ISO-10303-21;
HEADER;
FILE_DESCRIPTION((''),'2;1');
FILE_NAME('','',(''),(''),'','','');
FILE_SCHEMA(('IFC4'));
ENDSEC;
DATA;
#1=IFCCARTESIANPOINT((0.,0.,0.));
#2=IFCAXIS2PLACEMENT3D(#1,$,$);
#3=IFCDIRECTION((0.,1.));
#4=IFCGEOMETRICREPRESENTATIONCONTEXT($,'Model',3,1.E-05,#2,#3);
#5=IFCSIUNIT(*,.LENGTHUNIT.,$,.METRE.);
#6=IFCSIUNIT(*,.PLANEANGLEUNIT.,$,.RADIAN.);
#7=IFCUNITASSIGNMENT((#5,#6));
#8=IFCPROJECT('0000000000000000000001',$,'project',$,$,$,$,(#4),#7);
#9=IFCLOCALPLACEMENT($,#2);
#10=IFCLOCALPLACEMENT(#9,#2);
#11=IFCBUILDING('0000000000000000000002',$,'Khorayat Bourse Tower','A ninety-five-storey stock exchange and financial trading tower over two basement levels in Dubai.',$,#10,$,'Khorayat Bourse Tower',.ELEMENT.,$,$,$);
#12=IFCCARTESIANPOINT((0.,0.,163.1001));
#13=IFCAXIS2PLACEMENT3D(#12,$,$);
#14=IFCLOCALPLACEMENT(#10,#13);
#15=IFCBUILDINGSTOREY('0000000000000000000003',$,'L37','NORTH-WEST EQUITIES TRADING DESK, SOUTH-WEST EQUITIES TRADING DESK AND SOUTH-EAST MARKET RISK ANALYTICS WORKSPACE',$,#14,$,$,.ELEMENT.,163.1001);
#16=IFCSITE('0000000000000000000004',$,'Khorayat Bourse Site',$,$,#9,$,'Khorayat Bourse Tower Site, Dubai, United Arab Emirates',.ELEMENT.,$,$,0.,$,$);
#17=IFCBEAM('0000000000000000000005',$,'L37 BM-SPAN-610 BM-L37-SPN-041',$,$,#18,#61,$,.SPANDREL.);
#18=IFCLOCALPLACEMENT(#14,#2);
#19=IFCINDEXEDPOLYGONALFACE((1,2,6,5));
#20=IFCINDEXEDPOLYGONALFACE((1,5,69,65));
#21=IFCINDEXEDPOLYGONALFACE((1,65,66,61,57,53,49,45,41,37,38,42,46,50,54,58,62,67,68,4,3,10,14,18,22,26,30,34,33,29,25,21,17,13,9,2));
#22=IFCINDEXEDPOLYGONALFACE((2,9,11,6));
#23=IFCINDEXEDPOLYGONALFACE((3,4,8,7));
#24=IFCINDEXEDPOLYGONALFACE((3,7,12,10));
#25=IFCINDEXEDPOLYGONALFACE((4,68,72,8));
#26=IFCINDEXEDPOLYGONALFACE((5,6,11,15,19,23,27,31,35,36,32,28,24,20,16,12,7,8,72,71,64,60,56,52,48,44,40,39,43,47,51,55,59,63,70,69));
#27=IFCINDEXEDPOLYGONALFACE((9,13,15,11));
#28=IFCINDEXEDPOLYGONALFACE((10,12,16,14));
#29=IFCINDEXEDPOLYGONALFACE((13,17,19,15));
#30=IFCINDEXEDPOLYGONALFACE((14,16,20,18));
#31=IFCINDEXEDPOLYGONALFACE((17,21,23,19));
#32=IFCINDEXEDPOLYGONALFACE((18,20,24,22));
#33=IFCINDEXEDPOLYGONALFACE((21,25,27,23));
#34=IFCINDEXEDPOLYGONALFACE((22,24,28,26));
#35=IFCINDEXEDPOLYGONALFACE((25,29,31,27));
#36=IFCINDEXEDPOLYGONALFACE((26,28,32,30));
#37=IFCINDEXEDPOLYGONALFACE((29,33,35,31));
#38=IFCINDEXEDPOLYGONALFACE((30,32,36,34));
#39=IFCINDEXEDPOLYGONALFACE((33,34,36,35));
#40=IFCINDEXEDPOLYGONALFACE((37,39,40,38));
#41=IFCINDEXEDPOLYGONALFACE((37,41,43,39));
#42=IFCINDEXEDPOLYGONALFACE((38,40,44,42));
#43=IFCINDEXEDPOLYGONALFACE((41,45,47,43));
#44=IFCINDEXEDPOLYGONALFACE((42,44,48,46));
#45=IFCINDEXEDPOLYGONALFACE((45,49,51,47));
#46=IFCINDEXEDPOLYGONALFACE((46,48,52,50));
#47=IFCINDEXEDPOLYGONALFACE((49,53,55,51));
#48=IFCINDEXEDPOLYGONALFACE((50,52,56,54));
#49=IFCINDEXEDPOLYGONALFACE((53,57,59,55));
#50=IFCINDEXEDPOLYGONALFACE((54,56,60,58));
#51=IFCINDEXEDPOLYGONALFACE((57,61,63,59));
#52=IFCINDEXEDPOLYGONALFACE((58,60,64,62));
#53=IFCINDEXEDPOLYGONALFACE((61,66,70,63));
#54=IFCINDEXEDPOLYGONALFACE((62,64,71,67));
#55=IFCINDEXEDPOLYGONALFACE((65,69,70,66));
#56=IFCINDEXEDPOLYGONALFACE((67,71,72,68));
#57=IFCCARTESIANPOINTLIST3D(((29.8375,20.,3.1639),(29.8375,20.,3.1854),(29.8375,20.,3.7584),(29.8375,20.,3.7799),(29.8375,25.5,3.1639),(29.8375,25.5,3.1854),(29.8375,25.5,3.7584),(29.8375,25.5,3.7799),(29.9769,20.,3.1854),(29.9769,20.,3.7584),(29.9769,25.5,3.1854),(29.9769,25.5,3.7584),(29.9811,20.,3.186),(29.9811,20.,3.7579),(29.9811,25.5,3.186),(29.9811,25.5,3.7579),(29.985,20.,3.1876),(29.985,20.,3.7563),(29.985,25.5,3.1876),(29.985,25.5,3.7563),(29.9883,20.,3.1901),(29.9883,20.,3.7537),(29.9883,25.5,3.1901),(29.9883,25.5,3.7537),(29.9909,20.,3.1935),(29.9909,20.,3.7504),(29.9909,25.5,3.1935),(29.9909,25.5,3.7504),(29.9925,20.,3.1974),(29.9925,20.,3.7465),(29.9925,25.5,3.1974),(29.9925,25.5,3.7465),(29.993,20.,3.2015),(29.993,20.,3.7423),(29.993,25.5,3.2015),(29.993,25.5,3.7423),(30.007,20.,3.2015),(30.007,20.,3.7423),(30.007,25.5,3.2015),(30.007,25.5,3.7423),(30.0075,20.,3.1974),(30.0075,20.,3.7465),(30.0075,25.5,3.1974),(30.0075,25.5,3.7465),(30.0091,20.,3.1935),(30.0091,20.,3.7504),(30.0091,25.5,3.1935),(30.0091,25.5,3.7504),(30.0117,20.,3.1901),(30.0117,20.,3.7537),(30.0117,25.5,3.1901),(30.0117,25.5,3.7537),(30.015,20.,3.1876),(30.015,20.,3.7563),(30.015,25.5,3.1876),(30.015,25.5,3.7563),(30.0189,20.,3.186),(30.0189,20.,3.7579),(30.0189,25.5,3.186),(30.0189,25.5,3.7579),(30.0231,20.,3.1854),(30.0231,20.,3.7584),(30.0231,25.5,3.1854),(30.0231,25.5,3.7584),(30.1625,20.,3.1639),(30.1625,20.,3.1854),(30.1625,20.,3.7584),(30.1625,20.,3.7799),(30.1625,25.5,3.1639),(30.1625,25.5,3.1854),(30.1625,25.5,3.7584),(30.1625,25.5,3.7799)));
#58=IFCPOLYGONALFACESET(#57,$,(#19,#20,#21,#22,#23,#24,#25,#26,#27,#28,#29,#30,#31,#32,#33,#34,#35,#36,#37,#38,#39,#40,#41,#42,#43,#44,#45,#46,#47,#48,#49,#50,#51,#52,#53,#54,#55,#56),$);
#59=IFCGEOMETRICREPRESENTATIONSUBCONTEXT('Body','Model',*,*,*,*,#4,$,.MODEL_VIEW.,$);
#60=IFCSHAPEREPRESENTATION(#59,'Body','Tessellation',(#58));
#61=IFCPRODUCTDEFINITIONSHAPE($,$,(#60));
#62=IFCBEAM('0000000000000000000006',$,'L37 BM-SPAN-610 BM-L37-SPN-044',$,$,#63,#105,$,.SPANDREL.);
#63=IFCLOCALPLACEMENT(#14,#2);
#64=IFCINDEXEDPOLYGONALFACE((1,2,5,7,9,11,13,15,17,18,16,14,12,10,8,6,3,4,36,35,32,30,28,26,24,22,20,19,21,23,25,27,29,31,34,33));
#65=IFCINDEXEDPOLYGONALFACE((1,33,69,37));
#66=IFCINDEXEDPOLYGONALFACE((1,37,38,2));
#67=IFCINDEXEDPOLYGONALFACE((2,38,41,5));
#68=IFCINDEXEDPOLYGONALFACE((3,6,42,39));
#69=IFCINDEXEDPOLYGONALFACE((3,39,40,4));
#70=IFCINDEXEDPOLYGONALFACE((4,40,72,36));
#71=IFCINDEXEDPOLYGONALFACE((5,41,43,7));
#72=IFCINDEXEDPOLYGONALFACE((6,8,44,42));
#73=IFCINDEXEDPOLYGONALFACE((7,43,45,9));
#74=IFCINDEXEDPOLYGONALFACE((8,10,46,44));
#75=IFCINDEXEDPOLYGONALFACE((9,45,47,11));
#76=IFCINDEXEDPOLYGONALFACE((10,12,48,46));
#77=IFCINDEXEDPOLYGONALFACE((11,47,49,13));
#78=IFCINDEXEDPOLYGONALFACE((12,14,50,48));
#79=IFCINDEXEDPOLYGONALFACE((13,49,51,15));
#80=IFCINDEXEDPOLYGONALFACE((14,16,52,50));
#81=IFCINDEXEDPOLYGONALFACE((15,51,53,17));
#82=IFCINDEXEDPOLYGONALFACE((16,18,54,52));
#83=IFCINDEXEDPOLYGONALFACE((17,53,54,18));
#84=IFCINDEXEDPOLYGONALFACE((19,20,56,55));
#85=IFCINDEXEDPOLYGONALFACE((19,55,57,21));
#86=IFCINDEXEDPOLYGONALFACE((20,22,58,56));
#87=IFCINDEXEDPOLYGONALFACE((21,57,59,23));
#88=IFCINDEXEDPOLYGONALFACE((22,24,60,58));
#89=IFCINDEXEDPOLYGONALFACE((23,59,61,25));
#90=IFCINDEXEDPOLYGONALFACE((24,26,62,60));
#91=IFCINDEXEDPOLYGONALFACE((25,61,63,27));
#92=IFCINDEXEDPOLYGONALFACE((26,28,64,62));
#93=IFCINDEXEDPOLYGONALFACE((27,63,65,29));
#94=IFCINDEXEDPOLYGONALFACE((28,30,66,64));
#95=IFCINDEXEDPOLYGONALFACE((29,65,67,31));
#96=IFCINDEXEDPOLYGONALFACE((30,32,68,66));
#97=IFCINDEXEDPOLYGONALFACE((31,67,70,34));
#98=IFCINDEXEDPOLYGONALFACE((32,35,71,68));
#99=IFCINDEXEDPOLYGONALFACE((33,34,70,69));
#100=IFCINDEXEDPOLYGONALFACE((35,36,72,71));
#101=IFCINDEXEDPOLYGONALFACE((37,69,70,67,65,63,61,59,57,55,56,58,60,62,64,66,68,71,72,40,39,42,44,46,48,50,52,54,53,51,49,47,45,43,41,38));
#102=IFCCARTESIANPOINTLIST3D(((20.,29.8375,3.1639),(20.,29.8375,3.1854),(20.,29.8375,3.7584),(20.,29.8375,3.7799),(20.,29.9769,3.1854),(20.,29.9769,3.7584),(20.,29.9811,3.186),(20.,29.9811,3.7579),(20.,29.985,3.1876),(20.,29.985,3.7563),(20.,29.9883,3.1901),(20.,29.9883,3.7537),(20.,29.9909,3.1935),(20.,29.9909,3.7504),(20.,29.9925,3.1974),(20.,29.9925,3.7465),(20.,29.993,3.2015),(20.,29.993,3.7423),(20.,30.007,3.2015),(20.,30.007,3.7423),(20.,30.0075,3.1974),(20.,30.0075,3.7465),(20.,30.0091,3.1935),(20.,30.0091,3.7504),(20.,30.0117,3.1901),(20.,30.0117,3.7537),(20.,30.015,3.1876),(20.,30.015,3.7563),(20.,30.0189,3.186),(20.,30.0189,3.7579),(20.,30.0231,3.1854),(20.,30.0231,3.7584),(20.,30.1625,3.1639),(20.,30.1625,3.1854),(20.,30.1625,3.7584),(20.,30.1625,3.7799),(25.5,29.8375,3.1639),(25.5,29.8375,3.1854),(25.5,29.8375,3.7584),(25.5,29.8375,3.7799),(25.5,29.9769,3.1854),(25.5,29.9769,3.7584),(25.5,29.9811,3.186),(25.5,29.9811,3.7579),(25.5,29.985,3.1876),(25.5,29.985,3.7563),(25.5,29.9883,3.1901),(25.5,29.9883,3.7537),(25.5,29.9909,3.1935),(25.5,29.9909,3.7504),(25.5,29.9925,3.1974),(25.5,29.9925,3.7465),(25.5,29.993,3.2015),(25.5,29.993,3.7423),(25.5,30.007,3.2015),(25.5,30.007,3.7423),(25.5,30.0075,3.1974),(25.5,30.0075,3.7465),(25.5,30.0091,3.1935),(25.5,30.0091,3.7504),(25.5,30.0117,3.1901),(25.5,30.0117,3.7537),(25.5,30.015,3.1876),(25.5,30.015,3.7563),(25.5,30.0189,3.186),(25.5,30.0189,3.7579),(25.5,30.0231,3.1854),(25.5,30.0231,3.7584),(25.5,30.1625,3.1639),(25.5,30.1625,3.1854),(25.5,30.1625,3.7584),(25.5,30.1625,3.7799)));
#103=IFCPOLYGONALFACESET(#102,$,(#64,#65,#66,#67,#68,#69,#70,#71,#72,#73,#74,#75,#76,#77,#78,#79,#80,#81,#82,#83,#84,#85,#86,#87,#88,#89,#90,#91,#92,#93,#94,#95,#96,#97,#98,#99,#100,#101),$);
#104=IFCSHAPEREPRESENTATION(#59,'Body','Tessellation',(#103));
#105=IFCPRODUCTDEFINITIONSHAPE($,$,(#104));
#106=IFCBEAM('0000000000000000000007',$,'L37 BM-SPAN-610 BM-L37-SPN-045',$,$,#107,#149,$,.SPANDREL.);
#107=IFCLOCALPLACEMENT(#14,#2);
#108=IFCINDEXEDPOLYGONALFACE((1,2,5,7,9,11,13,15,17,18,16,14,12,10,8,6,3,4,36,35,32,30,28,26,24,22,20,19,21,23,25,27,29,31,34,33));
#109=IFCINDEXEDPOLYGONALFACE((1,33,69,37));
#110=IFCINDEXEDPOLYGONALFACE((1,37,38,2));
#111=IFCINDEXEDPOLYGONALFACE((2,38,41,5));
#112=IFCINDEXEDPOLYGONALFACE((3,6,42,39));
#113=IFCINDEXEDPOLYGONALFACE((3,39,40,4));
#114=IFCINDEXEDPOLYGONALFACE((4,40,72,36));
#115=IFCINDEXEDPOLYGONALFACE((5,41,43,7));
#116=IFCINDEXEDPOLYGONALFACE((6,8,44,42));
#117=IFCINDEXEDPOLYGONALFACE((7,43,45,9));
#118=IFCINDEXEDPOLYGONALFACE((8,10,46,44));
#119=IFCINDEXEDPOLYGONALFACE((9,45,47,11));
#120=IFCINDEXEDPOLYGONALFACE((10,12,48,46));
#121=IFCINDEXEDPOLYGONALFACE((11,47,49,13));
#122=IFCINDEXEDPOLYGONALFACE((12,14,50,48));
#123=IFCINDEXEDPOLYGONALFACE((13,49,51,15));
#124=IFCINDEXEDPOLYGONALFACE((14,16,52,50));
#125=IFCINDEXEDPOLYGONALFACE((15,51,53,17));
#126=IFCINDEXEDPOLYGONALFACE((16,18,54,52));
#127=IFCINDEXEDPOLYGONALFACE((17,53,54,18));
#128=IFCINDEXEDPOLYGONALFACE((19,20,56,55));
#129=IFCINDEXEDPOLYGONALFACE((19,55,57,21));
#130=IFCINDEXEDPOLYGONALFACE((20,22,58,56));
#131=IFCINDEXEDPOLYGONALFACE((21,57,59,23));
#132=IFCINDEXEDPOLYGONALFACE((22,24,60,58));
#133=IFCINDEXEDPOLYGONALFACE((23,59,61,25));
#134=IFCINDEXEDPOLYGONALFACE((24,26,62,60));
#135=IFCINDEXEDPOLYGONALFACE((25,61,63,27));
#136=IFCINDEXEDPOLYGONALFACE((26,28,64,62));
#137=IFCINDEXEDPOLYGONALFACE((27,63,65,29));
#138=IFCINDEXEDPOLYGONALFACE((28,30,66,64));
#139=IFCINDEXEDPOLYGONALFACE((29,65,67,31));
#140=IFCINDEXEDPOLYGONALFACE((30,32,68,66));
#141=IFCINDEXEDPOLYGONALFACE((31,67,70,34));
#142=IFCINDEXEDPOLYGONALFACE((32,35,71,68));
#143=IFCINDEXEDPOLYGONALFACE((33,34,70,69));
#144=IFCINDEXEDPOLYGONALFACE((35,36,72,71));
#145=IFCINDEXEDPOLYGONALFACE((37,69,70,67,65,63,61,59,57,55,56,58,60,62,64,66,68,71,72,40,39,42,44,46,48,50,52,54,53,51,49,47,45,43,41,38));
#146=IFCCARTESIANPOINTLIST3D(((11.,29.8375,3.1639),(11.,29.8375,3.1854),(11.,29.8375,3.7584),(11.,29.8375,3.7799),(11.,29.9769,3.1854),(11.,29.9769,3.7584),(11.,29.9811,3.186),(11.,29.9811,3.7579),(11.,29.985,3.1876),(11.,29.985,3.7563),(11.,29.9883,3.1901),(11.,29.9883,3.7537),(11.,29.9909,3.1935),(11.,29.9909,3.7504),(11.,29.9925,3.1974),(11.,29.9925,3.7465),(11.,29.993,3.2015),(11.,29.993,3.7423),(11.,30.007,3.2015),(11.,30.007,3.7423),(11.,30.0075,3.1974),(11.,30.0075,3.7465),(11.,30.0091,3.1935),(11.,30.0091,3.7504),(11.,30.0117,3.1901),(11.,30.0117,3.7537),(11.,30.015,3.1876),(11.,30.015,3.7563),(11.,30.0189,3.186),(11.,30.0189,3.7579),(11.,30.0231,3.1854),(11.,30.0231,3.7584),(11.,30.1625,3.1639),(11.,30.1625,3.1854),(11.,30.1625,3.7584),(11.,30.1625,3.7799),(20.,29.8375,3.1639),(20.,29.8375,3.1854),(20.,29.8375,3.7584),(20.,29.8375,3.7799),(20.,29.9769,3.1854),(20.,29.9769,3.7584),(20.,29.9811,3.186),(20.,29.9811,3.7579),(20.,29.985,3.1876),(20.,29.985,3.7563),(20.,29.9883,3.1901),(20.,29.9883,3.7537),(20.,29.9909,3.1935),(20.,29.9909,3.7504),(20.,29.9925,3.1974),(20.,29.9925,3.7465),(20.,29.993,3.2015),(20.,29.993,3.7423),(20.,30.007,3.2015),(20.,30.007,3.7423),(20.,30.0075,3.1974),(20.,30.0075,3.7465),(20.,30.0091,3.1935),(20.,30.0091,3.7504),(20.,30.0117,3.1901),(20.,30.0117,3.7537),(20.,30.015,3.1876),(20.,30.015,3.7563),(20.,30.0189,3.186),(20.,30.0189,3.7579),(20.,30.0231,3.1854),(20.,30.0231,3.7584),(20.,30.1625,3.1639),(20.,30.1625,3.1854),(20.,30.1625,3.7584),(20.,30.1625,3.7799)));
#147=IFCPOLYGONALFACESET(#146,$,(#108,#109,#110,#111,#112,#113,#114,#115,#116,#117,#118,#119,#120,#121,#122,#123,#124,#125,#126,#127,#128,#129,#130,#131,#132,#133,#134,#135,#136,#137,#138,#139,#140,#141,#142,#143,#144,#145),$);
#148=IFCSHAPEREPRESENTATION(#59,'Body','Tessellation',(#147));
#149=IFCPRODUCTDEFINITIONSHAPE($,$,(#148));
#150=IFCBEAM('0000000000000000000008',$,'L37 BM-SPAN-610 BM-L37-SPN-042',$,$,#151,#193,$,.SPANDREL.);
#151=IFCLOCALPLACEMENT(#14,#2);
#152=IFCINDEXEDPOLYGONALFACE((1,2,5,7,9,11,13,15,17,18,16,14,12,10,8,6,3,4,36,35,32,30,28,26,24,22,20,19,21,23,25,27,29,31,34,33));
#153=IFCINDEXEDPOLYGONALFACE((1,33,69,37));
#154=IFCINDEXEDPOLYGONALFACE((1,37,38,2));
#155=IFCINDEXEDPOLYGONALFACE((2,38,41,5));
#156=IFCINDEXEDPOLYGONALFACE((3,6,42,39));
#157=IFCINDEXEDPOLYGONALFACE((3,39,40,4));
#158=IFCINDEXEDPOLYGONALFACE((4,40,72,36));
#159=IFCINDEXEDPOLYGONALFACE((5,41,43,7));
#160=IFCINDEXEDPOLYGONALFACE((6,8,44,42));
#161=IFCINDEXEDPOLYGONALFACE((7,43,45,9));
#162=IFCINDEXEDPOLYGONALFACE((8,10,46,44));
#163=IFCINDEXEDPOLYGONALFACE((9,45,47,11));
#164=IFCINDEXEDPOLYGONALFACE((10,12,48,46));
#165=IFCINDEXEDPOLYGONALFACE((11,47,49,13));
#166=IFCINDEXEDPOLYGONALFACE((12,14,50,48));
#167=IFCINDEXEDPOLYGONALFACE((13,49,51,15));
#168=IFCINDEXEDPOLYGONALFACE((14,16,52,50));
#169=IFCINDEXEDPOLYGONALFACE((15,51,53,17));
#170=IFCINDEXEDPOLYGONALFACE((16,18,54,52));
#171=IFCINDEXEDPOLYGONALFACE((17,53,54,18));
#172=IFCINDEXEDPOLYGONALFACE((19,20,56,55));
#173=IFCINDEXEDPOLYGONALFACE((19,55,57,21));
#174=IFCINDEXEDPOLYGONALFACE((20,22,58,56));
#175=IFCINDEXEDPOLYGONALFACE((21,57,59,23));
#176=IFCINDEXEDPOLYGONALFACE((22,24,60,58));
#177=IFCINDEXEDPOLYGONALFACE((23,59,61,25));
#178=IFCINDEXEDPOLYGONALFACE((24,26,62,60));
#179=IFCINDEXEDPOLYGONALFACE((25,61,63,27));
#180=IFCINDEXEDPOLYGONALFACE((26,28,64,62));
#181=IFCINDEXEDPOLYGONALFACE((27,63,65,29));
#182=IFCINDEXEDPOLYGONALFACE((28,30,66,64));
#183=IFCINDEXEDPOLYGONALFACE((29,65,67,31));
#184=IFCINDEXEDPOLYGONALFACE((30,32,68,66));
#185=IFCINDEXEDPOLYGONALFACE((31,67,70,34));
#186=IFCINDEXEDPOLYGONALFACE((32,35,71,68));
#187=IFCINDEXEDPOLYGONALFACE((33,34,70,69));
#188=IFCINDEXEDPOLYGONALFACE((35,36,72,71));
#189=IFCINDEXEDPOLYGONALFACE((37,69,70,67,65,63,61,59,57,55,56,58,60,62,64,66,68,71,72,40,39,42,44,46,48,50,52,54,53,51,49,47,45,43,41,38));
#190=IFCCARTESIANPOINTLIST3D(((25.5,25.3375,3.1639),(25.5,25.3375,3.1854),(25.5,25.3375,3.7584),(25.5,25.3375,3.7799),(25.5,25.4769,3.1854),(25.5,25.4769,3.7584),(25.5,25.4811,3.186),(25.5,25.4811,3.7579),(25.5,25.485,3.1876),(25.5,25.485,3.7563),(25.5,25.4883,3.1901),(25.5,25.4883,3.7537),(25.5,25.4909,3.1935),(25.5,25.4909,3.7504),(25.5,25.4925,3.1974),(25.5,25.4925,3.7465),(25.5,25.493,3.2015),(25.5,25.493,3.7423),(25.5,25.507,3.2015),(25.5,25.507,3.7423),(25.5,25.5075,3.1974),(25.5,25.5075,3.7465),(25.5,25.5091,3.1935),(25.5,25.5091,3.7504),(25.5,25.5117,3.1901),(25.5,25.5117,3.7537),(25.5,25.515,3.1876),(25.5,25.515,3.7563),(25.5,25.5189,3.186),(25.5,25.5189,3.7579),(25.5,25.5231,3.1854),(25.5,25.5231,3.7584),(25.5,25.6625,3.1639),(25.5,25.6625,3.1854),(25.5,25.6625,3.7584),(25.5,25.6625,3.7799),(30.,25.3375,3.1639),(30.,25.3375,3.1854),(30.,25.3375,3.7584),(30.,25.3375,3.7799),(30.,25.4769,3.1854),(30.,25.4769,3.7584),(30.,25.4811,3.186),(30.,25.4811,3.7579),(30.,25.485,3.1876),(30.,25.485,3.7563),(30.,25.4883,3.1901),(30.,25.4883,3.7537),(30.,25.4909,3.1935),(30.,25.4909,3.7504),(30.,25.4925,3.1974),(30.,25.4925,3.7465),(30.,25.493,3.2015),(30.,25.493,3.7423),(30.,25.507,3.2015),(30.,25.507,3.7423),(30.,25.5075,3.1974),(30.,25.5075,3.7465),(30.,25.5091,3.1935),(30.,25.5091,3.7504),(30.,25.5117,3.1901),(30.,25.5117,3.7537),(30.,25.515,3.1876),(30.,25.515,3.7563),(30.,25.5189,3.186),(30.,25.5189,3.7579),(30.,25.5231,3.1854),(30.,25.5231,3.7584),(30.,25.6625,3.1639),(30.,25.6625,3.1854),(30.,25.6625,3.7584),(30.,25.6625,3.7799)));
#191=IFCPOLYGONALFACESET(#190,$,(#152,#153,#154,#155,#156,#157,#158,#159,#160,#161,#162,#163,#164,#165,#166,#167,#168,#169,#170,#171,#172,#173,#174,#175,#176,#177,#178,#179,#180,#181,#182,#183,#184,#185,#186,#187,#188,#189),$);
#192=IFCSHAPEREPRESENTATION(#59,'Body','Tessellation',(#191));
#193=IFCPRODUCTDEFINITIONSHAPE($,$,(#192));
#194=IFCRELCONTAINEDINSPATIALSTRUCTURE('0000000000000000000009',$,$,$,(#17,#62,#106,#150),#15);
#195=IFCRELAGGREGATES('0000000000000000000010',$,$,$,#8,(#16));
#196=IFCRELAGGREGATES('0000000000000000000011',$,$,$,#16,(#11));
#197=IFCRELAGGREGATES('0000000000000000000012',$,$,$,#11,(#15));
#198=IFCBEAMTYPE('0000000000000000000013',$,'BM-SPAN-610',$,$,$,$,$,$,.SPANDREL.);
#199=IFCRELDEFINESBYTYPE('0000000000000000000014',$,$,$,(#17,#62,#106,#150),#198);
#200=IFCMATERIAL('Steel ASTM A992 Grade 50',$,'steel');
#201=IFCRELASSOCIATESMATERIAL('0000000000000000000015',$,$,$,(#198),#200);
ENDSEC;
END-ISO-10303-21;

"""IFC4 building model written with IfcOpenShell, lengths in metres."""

from ifc_helpers import new_model, si_unit, direction, frame, origin, origin_2d, place, context, subcontext, project, spatial, i_section, extrude, source, transform, mapped, material, material_profile, profile_set, type_object, element, save


model = new_model("IFC4")

# Units and contexts
model_context = context("Model", 3, precision=1e-05, world=origin(), true_north=direction((0.0, 1.0)))
body_context = subcontext(model_context, "Body", "Model", "MODEL_VIEW")
ifc_project = project(units=[si_unit("LENGTHUNIT", "METRE"), si_unit("PLANEANGLEUNIT", "RADIAN")], contexts=[model_context])

# Site, building, storey
site_placement = place(None, origin())
site = spatial("IfcSite", under=ifc_project, at=site_placement, Name="Khorayat Bourse Site", LongName="Khorayat Bourse Tower Site, Dubai, United Arab Emirates", CompositionType="ELEMENT", RefElevation=0.0)
building_placement = place(site_placement, origin())
building = spatial("IfcBuilding", under=site, at=building_placement, Name="Khorayat Bourse Tower", Description="A ninety-five-storey stock exchange and financial trading tower over two basement levels in Dubai.", LongName="Khorayat Bourse Tower", CompositionType="ELEMENT")
storey_placement = place(building_placement, frame((0.0, 0.0, 163.1001)))
storey = spatial("IfcBuildingStorey", under=building, at=storey_placement, Name="L37", Description="NORTH-WEST EQUITIES TRADING DESK, SOUTH-WEST EQUITIES TRADING DESK AND SOUTH-EAST MARKET RISK ANALYTICS WORKSPACE", CompositionType="ELEMENT", Elevation=163.1001)

# Beams
ifc_material_1 = material(Name="Steel ASTM A992 Grade 50", Category="steel")
ifc_material_profile_1 = material_profile(ifc_material_1, i_section(OverallWidth=0.325, OverallDepth=0.616, WebThickness=0.0139, FlangeThickness=0.0215, FilletRadius=0.0161, at=origin_2d()), Name="W610X174")
ifc_profile_set_1 = profile_set([ifc_material_profile_1], Name="Steel ASTM A992 Grade 50")
beam_type_1 = type_object("IfcBeamType", Name="BM-SPAN-610", PredefinedType="SPANDREL", material=ifc_profile_set_1)
shared_shape_1 = source(origin(), body_context, "Body", "SweptSolid", [
    extrude(i_section(OverallWidth=0.325, OverallDepth=0.616, WebThickness=0.0139, FlangeThickness=0.0215, FilletRadius=0.0161, at=origin_2d()), origin(), (0.0, 0.0, 1.0), 5.5),
])
for number, where, z_axis, x_axis, name in (
    (1, (30.0, 20.0, 3.4719), (0.0, 1.0, 0.0), (-1.0, 0.0, 0.0), "L37 BM-SPAN-610 BM-L37-SPN-041"),
    (2, (20.0, 30.0, 3.4719), (1.0, 0.0, 0.0), (0.0, 1.0, 0.0), "L37 BM-SPAN-610 BM-L37-SPN-044"),
):
    element("IfcBeam", number, at=place(storey_placement, frame(where, z_axis=z_axis, x_axis=x_axis)), inside=storey, type_object=beam_type_1, Name=name, PredefinedType="SPANDREL", context=body_context, shape_type="MappedRepresentation", body=[
        mapped(shared_shape_1, transform((0.0, 0.0, 0.0), scale=1.0)),
    ])
shared_shape_2 = source(origin(), body_context, "Body", "SweptSolid", [
    extrude(i_section(OverallWidth=0.325, OverallDepth=0.616, WebThickness=0.0139, FlangeThickness=0.0215, FilletRadius=0.0161, at=origin_2d()), origin(), (0.0, 0.0, 1.0), 9.0),
])
beam_1_placement = place(storey_placement, frame((11.0, 30.0, 3.4719), z_axis=(1.0, 0.0, 0.0), x_axis=(0.0, 1.0, 0.0)))
element("IfcBeam", 3, at=beam_1_placement, inside=storey, type_object=beam_type_1, Name="L37 BM-SPAN-610 BM-L37-SPN-045", PredefinedType="SPANDREL", context=body_context, shape_type="MappedRepresentation", body=[
    mapped(shared_shape_2, transform((0.0, 0.0, 0.0), scale=1.0)),
])
shared_shape_3 = source(origin(), body_context, "Body", "SweptSolid", [
    extrude(i_section(OverallWidth=0.325, OverallDepth=0.616, WebThickness=0.0139, FlangeThickness=0.0215, FilletRadius=0.0161, at=origin_2d()), origin(), (0.0, 0.0, 1.0), 4.5),
])
for number, where, z_axis, x_axis, name in (
    (4, (25.5, 25.5, 3.4719), (1.0, 0.0, 0.0), (0.0, 1.0, 0.0), "L37 BM-SPAN-610 BM-L37-SPN-042"),
):
    element("IfcBeam", number, at=place(storey_placement, frame(where, z_axis=z_axis, x_axis=x_axis)), inside=storey, type_object=beam_type_1, Name=name, PredefinedType="SPANDREL", context=body_context, shape_type="MappedRepresentation", body=[
        mapped(shared_shape_3, transform((0.0, 0.0, 0.0), scale=1.0)),
    ])

save(model, "model.ifc")
